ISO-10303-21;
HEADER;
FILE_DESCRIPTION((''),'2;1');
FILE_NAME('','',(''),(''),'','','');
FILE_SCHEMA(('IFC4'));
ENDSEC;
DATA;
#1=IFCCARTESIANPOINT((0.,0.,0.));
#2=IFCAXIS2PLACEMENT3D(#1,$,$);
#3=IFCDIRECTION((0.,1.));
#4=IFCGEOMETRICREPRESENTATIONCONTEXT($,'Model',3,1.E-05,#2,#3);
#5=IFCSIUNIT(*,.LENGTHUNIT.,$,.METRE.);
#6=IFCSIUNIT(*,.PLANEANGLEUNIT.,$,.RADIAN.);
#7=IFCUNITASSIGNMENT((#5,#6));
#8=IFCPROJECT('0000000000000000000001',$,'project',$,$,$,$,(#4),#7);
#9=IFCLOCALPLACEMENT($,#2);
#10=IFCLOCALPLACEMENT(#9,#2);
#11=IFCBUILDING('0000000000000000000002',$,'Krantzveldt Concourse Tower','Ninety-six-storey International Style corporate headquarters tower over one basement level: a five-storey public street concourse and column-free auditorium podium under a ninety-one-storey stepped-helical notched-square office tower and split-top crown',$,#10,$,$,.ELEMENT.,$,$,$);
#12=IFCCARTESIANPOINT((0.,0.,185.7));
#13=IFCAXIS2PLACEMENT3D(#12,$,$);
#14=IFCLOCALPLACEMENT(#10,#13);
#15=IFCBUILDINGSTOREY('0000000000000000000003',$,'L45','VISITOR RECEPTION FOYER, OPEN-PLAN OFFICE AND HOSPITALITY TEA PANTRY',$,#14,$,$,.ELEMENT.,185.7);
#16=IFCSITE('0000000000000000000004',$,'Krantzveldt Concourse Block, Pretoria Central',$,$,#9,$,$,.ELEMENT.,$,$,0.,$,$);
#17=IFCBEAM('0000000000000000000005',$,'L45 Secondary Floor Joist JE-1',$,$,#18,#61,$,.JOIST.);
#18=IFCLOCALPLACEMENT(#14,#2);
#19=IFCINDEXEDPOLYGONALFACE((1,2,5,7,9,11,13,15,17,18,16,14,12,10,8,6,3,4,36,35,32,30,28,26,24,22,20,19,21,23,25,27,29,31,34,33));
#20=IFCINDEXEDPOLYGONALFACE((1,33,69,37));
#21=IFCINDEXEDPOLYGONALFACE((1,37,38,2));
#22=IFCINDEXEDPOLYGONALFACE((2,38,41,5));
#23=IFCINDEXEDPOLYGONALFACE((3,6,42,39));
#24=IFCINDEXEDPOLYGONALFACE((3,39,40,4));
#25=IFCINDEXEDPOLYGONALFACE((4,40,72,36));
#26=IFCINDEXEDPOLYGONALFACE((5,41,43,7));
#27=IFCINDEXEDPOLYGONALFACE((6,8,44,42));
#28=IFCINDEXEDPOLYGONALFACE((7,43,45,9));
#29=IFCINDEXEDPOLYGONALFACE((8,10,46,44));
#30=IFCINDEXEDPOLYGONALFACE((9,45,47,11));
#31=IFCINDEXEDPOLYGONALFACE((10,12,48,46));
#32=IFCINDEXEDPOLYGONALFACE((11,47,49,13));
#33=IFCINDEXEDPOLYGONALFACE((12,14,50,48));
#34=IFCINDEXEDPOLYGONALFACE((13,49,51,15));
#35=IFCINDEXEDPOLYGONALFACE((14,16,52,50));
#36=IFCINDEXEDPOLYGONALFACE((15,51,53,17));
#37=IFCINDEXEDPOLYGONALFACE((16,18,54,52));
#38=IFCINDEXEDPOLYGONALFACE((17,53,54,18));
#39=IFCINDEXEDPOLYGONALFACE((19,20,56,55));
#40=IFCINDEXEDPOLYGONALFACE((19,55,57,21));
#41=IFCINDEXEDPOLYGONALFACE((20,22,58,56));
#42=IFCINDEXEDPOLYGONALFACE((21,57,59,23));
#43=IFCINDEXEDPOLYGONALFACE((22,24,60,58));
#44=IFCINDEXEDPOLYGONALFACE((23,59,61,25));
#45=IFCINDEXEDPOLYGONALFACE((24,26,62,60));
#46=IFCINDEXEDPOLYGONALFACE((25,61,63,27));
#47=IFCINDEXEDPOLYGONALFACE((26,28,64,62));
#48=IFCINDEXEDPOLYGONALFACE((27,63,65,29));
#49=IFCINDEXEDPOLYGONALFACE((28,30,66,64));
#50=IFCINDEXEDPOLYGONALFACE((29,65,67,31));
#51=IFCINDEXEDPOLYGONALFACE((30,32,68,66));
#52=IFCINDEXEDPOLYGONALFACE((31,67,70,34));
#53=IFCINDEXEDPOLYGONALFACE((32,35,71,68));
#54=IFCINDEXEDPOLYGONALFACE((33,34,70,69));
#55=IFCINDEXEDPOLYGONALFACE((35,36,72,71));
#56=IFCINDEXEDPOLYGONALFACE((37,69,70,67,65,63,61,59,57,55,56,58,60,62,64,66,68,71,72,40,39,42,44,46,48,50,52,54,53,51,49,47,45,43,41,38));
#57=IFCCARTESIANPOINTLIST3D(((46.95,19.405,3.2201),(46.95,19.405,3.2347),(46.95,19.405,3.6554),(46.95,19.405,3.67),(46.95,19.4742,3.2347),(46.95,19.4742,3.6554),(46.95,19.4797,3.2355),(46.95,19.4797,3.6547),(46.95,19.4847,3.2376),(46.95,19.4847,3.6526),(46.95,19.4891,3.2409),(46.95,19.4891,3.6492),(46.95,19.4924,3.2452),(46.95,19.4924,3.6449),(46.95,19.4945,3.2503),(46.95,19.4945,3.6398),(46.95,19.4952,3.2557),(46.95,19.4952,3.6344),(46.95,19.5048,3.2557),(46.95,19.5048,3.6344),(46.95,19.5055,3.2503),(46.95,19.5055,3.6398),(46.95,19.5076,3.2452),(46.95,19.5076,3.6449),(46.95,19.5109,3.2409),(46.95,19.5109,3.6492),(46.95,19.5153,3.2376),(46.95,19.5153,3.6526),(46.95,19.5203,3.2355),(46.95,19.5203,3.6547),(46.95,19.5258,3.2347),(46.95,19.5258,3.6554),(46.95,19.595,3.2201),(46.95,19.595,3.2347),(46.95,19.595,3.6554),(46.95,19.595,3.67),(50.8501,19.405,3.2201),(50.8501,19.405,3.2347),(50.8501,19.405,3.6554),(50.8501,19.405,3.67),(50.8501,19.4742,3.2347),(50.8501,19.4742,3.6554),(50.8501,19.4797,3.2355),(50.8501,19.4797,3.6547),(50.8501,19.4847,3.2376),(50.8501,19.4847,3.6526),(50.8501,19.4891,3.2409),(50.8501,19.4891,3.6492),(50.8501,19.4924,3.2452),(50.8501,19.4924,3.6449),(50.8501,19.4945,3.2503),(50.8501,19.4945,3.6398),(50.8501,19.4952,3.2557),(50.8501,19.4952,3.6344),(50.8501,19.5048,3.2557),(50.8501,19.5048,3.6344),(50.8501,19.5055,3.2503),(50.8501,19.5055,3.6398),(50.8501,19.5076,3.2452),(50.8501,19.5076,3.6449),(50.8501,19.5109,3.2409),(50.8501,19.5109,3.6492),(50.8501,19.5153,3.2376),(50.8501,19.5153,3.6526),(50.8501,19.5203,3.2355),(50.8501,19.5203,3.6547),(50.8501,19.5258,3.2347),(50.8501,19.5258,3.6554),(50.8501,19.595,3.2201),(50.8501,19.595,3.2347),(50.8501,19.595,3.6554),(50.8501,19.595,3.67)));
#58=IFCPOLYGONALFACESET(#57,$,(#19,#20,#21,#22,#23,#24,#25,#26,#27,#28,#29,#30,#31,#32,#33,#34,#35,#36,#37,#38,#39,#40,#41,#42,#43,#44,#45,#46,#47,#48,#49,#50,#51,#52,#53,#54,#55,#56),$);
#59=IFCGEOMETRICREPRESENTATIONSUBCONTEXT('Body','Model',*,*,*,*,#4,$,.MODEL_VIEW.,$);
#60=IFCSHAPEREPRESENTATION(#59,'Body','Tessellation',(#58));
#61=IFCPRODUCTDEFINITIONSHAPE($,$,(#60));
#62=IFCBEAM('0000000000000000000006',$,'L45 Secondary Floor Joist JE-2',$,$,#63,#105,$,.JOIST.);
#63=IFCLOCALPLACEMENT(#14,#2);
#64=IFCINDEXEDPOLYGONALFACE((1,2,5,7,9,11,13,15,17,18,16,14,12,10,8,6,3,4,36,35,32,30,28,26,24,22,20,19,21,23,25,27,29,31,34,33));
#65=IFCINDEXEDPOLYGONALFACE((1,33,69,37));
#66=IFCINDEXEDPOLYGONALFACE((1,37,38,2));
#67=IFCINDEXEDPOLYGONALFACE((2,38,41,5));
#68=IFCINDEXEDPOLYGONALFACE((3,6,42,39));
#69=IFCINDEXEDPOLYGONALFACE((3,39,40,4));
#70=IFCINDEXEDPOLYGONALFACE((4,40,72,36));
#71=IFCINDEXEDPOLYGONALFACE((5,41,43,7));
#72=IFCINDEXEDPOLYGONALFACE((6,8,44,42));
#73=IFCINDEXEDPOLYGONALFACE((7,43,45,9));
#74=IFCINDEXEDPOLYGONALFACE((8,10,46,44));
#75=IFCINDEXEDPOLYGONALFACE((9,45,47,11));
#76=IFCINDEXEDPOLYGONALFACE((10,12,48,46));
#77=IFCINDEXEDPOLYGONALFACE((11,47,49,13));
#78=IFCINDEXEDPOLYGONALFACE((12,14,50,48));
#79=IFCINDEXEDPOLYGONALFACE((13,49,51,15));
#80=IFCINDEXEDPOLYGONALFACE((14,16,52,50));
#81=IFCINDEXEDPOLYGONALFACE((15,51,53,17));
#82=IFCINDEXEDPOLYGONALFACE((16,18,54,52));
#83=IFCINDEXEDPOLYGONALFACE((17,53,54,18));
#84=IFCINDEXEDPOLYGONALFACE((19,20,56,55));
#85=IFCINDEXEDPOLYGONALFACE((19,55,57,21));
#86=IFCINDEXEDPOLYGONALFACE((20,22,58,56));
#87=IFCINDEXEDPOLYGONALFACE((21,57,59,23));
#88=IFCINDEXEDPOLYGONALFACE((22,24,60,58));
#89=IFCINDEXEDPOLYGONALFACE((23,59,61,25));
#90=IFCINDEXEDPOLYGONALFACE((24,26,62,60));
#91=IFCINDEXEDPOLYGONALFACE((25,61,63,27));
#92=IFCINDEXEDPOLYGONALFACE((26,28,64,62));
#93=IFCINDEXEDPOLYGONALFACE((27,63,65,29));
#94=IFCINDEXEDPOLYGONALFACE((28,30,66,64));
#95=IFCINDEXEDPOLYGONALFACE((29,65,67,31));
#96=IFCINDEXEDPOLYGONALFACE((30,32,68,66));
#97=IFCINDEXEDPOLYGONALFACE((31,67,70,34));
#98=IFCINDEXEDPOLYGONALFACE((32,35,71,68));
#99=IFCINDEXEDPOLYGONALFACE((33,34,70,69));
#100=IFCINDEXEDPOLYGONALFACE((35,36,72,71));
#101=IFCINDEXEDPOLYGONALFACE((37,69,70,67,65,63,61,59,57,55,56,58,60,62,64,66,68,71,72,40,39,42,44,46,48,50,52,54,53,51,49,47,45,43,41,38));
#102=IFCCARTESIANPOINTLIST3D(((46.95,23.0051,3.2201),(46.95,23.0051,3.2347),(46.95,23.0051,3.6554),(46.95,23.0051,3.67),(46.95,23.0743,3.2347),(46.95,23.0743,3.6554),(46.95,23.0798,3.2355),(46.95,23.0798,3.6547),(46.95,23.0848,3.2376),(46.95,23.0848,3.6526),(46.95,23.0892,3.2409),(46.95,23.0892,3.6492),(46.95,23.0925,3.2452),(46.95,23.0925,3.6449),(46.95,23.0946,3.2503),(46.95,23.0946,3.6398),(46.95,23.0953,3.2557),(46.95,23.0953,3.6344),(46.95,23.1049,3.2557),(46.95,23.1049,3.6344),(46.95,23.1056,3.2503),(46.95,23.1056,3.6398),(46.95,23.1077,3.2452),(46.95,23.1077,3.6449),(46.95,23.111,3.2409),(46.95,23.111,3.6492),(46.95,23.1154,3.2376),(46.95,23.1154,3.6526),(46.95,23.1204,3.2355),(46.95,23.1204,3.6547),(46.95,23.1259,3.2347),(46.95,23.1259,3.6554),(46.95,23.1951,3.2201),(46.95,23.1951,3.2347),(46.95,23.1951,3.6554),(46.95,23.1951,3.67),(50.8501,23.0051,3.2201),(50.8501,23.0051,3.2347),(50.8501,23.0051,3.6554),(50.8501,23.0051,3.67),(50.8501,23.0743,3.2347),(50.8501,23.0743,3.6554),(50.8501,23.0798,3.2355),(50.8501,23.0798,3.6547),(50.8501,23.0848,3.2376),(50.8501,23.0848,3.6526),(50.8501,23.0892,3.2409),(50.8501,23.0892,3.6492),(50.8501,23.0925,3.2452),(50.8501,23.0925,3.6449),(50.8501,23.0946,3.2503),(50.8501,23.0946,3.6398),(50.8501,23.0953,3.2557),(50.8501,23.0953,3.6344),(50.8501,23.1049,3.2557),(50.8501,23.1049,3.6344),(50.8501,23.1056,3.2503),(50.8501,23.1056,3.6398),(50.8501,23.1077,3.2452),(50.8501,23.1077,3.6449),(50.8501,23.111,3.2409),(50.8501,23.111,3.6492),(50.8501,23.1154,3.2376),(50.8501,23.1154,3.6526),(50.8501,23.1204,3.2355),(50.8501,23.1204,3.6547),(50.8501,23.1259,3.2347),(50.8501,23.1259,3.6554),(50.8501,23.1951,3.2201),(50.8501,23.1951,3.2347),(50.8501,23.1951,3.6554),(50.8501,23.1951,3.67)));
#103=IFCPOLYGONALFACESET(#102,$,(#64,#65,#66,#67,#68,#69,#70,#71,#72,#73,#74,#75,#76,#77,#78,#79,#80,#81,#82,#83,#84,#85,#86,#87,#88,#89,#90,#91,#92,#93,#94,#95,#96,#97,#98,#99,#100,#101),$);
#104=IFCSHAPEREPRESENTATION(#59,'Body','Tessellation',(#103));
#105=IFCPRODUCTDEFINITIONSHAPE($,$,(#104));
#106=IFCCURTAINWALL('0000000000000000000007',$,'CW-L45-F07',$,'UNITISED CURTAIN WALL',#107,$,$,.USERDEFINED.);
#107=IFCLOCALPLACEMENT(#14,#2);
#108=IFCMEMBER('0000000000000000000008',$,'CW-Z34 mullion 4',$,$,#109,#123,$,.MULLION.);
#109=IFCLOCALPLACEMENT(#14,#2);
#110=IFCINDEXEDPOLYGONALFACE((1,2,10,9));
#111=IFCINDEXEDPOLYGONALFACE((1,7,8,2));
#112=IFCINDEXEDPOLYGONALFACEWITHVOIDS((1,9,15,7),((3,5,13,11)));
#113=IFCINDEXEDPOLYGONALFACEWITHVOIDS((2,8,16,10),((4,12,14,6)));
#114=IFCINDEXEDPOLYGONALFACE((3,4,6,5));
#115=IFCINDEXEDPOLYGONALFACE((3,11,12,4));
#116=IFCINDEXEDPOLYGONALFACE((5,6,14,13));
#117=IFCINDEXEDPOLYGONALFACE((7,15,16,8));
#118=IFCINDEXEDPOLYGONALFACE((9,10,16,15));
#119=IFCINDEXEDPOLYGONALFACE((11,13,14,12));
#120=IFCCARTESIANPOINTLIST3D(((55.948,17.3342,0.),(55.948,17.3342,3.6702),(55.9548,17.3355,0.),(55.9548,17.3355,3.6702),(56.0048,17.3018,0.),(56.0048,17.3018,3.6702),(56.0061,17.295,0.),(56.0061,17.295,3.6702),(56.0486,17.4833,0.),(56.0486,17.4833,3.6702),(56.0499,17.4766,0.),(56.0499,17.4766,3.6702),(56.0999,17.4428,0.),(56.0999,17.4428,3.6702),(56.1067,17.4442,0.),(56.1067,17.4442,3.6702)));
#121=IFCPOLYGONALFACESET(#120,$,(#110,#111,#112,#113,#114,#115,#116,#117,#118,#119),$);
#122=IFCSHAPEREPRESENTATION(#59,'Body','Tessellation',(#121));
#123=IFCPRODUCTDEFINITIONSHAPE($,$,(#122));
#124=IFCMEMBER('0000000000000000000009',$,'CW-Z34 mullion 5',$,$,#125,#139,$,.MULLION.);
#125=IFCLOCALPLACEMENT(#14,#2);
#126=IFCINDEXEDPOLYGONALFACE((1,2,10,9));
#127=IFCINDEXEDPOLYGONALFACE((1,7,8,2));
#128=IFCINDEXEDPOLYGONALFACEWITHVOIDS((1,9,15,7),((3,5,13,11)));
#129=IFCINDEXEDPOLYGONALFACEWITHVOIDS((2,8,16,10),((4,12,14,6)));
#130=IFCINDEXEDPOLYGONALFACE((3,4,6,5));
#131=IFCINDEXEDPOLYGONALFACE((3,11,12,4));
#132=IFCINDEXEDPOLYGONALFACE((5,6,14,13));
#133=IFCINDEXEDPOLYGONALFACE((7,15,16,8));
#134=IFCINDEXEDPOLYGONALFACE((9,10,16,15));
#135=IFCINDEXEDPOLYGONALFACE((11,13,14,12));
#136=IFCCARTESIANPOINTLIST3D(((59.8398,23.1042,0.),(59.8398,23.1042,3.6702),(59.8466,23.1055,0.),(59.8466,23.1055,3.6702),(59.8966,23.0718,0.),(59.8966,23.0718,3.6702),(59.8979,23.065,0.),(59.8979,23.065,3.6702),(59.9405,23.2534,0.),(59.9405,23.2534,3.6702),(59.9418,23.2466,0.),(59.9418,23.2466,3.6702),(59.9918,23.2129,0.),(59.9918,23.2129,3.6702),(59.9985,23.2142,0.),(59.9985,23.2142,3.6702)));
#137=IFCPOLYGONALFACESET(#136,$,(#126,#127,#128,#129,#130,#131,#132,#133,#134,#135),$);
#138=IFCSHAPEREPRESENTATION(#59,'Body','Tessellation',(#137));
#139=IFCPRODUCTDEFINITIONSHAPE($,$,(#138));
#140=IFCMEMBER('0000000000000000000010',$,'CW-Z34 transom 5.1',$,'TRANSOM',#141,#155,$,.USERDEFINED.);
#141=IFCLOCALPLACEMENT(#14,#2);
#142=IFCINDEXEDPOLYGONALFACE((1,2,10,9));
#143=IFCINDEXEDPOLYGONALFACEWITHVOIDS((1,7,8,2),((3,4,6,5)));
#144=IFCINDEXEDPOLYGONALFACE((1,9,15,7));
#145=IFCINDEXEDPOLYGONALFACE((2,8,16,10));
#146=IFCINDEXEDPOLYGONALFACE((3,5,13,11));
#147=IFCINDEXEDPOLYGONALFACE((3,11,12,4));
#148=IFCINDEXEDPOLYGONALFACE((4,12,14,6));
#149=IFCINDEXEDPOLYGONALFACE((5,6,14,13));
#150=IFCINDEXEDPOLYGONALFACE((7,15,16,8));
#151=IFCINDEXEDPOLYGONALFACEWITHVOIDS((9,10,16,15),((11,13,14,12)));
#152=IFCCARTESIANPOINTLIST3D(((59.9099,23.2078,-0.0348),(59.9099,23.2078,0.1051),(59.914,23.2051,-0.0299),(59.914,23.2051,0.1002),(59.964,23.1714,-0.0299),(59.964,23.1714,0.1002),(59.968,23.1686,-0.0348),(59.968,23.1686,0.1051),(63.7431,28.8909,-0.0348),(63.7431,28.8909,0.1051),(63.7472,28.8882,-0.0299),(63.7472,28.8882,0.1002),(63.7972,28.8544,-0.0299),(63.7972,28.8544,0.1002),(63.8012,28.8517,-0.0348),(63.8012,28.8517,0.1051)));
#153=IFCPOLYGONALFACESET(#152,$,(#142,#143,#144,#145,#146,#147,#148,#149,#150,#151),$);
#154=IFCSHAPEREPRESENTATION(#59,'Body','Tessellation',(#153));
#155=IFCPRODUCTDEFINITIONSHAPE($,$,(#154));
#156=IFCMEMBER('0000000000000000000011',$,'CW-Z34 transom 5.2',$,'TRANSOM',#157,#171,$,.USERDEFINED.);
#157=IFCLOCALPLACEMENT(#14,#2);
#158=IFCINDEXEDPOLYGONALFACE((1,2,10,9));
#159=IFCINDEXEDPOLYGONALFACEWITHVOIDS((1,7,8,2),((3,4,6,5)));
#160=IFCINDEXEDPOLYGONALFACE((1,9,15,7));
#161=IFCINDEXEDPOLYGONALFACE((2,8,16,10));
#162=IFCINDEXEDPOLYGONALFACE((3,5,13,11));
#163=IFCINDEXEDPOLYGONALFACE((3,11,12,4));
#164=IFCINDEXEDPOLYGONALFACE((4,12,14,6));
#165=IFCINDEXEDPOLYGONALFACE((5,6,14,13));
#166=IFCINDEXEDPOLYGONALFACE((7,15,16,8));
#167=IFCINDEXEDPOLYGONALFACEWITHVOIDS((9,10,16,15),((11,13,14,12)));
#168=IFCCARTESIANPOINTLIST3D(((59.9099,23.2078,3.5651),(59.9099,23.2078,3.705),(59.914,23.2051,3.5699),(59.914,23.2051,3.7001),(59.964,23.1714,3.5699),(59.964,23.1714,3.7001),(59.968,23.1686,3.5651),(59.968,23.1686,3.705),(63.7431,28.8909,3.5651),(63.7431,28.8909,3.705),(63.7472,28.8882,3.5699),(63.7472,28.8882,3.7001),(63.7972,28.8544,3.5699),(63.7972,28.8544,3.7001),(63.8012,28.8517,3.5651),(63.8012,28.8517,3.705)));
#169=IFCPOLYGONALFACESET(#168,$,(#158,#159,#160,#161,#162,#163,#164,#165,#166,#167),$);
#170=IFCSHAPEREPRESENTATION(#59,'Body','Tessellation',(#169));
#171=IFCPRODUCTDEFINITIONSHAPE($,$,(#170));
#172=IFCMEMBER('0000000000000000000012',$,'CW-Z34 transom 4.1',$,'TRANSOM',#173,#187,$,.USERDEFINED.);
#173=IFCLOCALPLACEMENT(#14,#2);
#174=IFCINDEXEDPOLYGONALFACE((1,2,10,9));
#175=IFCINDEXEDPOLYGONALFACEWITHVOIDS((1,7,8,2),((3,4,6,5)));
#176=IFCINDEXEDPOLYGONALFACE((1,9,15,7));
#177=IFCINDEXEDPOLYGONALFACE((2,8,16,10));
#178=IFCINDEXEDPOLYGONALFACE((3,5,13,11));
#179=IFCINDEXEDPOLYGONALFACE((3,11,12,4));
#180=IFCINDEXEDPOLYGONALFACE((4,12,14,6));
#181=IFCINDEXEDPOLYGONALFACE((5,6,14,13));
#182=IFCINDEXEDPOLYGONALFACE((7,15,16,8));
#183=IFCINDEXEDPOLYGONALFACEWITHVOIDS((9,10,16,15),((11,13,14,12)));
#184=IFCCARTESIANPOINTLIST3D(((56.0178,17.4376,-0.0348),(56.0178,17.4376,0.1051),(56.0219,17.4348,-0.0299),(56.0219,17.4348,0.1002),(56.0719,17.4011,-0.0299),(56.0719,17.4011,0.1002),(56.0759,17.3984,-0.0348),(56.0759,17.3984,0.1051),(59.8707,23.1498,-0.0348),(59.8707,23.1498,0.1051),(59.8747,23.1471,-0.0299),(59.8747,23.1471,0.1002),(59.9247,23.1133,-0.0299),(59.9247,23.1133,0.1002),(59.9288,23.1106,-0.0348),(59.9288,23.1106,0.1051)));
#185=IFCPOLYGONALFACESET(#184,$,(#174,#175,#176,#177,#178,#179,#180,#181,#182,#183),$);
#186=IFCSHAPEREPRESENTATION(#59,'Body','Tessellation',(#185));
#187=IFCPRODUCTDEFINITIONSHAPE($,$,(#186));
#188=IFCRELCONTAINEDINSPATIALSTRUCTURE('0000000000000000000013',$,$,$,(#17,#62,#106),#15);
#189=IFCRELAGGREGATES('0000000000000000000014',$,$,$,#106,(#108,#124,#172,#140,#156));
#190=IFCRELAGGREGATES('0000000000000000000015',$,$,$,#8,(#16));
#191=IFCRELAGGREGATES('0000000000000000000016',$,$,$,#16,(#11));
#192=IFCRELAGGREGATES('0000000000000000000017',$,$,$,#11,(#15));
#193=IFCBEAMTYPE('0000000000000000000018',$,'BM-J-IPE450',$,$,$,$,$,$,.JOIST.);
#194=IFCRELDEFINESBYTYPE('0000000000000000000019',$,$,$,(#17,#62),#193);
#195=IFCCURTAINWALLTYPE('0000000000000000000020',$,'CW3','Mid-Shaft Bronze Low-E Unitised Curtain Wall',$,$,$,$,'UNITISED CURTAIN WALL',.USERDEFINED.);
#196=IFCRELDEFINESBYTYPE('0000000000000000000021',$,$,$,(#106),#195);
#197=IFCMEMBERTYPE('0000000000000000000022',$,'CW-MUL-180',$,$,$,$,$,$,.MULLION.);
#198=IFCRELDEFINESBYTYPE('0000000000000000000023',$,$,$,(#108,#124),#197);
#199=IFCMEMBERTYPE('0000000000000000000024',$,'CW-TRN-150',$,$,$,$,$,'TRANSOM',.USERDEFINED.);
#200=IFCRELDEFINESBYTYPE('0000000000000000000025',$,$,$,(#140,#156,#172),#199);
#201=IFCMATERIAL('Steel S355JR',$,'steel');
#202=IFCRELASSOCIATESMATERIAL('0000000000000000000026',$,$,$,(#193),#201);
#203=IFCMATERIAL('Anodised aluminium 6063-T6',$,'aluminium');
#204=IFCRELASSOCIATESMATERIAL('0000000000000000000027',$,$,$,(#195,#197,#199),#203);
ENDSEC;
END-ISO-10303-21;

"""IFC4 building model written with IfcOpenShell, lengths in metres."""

from ifc_helpers import new_model, si_unit, direction, frame, origin, origin_2d, place, context, subcontext, project, spatial, hollow_rectangle, i_section, extrude, source, transform, mapped, material, material_profile, profile_set, type_object, type_shapes, element, aggregate, save


model = new_model("IFC4")

# Units and contexts
model_context = context("Model", 3, precision=1e-05, world=origin(), true_north=direction((0.0, 1.0)))
body_context = subcontext(model_context, "Body", "Model", "MODEL_VIEW")
ifc_project = project(units=[si_unit("LENGTHUNIT", "METRE"), si_unit("PLANEANGLEUNIT", "RADIAN")], contexts=[model_context])

# Site, building, storey
site_placement = place(None, origin())
site = spatial("IfcSite", under=ifc_project, at=site_placement, Name="Krantzveldt Concourse Block, Pretoria Central", CompositionType="ELEMENT", RefElevation=0.0)
building_placement = place(site_placement, origin())
building = spatial("IfcBuilding", under=site, at=building_placement, Name="Krantzveldt Concourse Tower", Description="Ninety-six-storey International Style corporate headquarters tower over one basement level: a five-storey public street concourse and column-free auditorium podium under a ninety-one-storey stepped-helical notched-square office tower and split-top crown", CompositionType="ELEMENT")
storey_placement = place(building_placement, frame((0.0, 0.0, 185.7)))
storey = spatial("IfcBuildingStorey", under=building, at=storey_placement, Name="L45", Description="VISITOR RECEPTION FOYER, OPEN-PLAN OFFICE AND HOSPITALITY TEA PANTRY", CompositionType="ELEMENT", Elevation=185.7)

# Beams
ifc_material_1 = material(Name="Steel S355JR", Category="steel")
ifc_material_profile_1 = material_profile(ifc_material_1, i_section(OverallWidth=0.1899, OverallDepth=0.45, WebThickness=0.0095, FlangeThickness=0.0146, FilletRadius=0.021, at=origin_2d()), Name="Steel S355JR", Category="steel")
ifc_profile_set_1 = profile_set([ifc_material_profile_1], Name="Steel S355JR - IPE 450")
beam_type_1 = type_object("IfcBeamType", Name="BM-J-IPE450", PredefinedType="JOIST", material=ifc_profile_set_1)
shared_shape_1 = source(origin(), body_context, "Body", "SweptSolid", [
    extrude(i_section(OverallWidth=0.1899, OverallDepth=0.45, WebThickness=0.0095, FlangeThickness=0.0146, FilletRadius=0.021, at=origin_2d()), origin(), (0.0, 0.0, 1.0), 3.9001),
])
type_shapes(beam_type_1, [shared_shape_1])
for number, where, z_axis, x_axis, name in (
    (1, (46.95, 19.5, 3.4451), (1.0, 0.0, 0.0), (0.0, 1.0, 0.0), "L45 Secondary Floor Joist JE-1"),
    (2, (46.95, 23.1001, 3.4451), (1.0, 0.0, 0.0), (0.0, 1.0, 0.0), "L45 Secondary Floor Joist JE-2"),
):
    element("IfcBeam", number, at=place(storey_placement, frame(where, z_axis=z_axis, x_axis=x_axis)), inside=storey, type_object=beam_type_1, Name=name, PredefinedType="JOIST", context=body_context, shape_type="MappedRepresentation", body=[
        mapped(shared_shape_1, transform((0.0, 0.0, 0.0), x_axis=(1.0, 0.0, 0.0), y_axis=(0.0, 1.0, 0.0), z_axis=(0.0, 0.0, 1.0), scale=1.0)),
    ])

# Curtain wall, members
ifc_material_2 = material(Name="Anodised aluminium 6063-T6", Category="aluminium")
curtain_wall_type = type_object("IfcCurtainWallType", Name="CW3", Description="Mid-Shaft Bronze Low-E Unitised Curtain Wall", ElementType="UNITISED CURTAIN WALL", PredefinedType="USERDEFINED", material=ifc_material_2)
curtain_wall_placement = place(storey_placement, origin())
curtain_wall = element("IfcCurtainWall", 3, at=curtain_wall_placement, inside=storey, type_object=curtain_wall_type, Name="CW-L45-F07", ObjectType="UNITISED CURTAIN WALL", PredefinedType="USERDEFINED")
ifc_material_profile_2 = material_profile(ifc_material_2, hollow_rectangle(XDim=0.0701, YDim=0.1799, WallThickness=0.0049, at=origin_2d()), Name="Anodised aluminium 6063-T6", Category="aluminium")
ifc_profile_set_2 = profile_set([ifc_material_profile_2], Name="Anodised aluminium 6063-T6 - ALU-MULL 180x70x5")
member_type_1 = type_object("IfcMemberType", Name="CW-MUL-180", PredefinedType="MULLION", material=ifc_profile_set_2)
shared_shape_2 = source(origin(), body_context, "Body", "SweptSolid", [
    extrude(hollow_rectangle(XDim=0.0701, YDim=0.1799, WallThickness=0.0049, at=origin_2d()), origin(), (0.0, 0.0, 1.0), 3.6702),
])
type_shapes(member_type_1, [shared_shape_2])
member_1_placement = place(storey_placement, frame((56.0273, 17.3892, 0.0), z_axis=(0.0, 0.0, 1.0), x_axis=(-0.829038, 0.559193, 0.0)))
member_1 = element("IfcMember", 4, at=member_1_placement, type_object=member_type_1, Name="CW-Z34 mullion 4", PredefinedType="MULLION", context=body_context, shape_type="MappedRepresentation", body=[
    mapped(shared_shape_2, transform((0.0, 0.0, 0.0), x_axis=(1.0, 0.0, 0.0), y_axis=(0.0, 1.0, 0.0), z_axis=(0.0, 0.0, 1.0), scale=1.0)),
])
member_2_placement = place(storey_placement, frame((59.9192, 23.1592, 0.0), z_axis=(0.0, 0.0, 1.0), x_axis=(-0.829038, 0.559193, 0.0)))
member_2 = element("IfcMember", 5, at=member_2_placement, type_object=member_type_1, Name="CW-Z34 mullion 5", PredefinedType="MULLION", context=body_context, shape_type="MappedRepresentation", body=[
    mapped(shared_shape_2, transform((0.0, 0.0, 0.0), x_axis=(1.0, 0.0, 0.0), y_axis=(0.0, 1.0, 0.0), z_axis=(0.0, 0.0, 1.0), scale=1.0)),
])
ifc_material_profile_3 = material_profile(ifc_material_2, hollow_rectangle(XDim=0.0701, YDim=0.1399, WallThickness=0.0049, at=origin_2d()), Name="Anodised aluminium 6063-T6", Category="aluminium")
ifc_profile_set_3 = profile_set([ifc_material_profile_3], Name="Anodised aluminium 6063-T6 - ALU-TRAN 140x70x5")
member_type_2 = type_object("IfcMemberType", Name="CW-TRN-150", ElementType="TRANSOM", PredefinedType="USERDEFINED", material=ifc_profile_set_3)
shared_shape_3 = source(origin(), body_context, "Body", "SweptSolid", [
    extrude(hollow_rectangle(XDim=0.0701, YDim=0.1399, WallThickness=0.0049, at=origin_2d()), origin(), (0.0, 0.0, 1.0), 6.855),
])
member_3_placement = place(storey_placement, frame((59.939, 23.1882, 0.0352), z_axis=(0.559188, 0.829041, 0.0), x_axis=(-0.829041, 0.559188, 0.0)))
member_3 = element("IfcMember", 6, at=member_3_placement, type_object=member_type_2, Name="CW-Z34 transom 5.1", ObjectType="TRANSOM", PredefinedType="USERDEFINED", context=body_context, shape_type="MappedRepresentation", body=[
    mapped(shared_shape_3, transform((0.0, 0.0, 0.0), x_axis=(1.0, 0.0, 0.0), y_axis=(0.0, 1.0, 0.0), z_axis=(0.0, 0.0, 1.0), scale=1.0)),
])
member_4_placement = place(storey_placement, frame((59.939, 23.1882, 3.635), z_axis=(0.559188, 0.829041, 0.0), x_axis=(-0.829041, 0.559188, 0.0)))
member_4 = element("IfcMember", 7, at=member_4_placement, type_object=member_type_2, Name="CW-Z34 transom 5.2", ObjectType="TRANSOM", PredefinedType="USERDEFINED", context=body_context, shape_type="MappedRepresentation", body=[
    mapped(shared_shape_3, transform((0.0, 0.0, 0.0), x_axis=(1.0, 0.0, 0.0), y_axis=(0.0, 1.0, 0.0), z_axis=(0.0, 0.0, 1.0), scale=1.0)),
])
shared_shape_4 = source(origin(), body_context, "Body", "SweptSolid", [
    extrude(hollow_rectangle(XDim=0.0701, YDim=0.1399, WallThickness=0.0049, at=origin_2d()), origin(), (0.0, 0.0, 1.0), 6.8901),
])
type_shapes(member_type_2, [shared_shape_3, shared_shape_4])
member_5_placement = place(storey_placement, frame((56.0469, 17.418, 0.0352), z_axis=(0.559181, 0.829045, 0.0), x_axis=(-0.829045, 0.559181, 0.0)))
member_5 = element("IfcMember", 8, at=member_5_placement, type_object=member_type_2, Name="CW-Z34 transom 4.1", ObjectType="TRANSOM", PredefinedType="USERDEFINED", context=body_context, shape_type="MappedRepresentation", body=[
    mapped(shared_shape_4, transform((0.0, 0.0, 0.0), x_axis=(1.0, 0.0, 0.0), y_axis=(0.0, 1.0, 0.0), z_axis=(0.0, 0.0, 1.0), scale=1.0)),
])
aggregate(curtain_wall, [member_1, member_2, member_5, member_3, member_4])

save(model, "model.ifc")
